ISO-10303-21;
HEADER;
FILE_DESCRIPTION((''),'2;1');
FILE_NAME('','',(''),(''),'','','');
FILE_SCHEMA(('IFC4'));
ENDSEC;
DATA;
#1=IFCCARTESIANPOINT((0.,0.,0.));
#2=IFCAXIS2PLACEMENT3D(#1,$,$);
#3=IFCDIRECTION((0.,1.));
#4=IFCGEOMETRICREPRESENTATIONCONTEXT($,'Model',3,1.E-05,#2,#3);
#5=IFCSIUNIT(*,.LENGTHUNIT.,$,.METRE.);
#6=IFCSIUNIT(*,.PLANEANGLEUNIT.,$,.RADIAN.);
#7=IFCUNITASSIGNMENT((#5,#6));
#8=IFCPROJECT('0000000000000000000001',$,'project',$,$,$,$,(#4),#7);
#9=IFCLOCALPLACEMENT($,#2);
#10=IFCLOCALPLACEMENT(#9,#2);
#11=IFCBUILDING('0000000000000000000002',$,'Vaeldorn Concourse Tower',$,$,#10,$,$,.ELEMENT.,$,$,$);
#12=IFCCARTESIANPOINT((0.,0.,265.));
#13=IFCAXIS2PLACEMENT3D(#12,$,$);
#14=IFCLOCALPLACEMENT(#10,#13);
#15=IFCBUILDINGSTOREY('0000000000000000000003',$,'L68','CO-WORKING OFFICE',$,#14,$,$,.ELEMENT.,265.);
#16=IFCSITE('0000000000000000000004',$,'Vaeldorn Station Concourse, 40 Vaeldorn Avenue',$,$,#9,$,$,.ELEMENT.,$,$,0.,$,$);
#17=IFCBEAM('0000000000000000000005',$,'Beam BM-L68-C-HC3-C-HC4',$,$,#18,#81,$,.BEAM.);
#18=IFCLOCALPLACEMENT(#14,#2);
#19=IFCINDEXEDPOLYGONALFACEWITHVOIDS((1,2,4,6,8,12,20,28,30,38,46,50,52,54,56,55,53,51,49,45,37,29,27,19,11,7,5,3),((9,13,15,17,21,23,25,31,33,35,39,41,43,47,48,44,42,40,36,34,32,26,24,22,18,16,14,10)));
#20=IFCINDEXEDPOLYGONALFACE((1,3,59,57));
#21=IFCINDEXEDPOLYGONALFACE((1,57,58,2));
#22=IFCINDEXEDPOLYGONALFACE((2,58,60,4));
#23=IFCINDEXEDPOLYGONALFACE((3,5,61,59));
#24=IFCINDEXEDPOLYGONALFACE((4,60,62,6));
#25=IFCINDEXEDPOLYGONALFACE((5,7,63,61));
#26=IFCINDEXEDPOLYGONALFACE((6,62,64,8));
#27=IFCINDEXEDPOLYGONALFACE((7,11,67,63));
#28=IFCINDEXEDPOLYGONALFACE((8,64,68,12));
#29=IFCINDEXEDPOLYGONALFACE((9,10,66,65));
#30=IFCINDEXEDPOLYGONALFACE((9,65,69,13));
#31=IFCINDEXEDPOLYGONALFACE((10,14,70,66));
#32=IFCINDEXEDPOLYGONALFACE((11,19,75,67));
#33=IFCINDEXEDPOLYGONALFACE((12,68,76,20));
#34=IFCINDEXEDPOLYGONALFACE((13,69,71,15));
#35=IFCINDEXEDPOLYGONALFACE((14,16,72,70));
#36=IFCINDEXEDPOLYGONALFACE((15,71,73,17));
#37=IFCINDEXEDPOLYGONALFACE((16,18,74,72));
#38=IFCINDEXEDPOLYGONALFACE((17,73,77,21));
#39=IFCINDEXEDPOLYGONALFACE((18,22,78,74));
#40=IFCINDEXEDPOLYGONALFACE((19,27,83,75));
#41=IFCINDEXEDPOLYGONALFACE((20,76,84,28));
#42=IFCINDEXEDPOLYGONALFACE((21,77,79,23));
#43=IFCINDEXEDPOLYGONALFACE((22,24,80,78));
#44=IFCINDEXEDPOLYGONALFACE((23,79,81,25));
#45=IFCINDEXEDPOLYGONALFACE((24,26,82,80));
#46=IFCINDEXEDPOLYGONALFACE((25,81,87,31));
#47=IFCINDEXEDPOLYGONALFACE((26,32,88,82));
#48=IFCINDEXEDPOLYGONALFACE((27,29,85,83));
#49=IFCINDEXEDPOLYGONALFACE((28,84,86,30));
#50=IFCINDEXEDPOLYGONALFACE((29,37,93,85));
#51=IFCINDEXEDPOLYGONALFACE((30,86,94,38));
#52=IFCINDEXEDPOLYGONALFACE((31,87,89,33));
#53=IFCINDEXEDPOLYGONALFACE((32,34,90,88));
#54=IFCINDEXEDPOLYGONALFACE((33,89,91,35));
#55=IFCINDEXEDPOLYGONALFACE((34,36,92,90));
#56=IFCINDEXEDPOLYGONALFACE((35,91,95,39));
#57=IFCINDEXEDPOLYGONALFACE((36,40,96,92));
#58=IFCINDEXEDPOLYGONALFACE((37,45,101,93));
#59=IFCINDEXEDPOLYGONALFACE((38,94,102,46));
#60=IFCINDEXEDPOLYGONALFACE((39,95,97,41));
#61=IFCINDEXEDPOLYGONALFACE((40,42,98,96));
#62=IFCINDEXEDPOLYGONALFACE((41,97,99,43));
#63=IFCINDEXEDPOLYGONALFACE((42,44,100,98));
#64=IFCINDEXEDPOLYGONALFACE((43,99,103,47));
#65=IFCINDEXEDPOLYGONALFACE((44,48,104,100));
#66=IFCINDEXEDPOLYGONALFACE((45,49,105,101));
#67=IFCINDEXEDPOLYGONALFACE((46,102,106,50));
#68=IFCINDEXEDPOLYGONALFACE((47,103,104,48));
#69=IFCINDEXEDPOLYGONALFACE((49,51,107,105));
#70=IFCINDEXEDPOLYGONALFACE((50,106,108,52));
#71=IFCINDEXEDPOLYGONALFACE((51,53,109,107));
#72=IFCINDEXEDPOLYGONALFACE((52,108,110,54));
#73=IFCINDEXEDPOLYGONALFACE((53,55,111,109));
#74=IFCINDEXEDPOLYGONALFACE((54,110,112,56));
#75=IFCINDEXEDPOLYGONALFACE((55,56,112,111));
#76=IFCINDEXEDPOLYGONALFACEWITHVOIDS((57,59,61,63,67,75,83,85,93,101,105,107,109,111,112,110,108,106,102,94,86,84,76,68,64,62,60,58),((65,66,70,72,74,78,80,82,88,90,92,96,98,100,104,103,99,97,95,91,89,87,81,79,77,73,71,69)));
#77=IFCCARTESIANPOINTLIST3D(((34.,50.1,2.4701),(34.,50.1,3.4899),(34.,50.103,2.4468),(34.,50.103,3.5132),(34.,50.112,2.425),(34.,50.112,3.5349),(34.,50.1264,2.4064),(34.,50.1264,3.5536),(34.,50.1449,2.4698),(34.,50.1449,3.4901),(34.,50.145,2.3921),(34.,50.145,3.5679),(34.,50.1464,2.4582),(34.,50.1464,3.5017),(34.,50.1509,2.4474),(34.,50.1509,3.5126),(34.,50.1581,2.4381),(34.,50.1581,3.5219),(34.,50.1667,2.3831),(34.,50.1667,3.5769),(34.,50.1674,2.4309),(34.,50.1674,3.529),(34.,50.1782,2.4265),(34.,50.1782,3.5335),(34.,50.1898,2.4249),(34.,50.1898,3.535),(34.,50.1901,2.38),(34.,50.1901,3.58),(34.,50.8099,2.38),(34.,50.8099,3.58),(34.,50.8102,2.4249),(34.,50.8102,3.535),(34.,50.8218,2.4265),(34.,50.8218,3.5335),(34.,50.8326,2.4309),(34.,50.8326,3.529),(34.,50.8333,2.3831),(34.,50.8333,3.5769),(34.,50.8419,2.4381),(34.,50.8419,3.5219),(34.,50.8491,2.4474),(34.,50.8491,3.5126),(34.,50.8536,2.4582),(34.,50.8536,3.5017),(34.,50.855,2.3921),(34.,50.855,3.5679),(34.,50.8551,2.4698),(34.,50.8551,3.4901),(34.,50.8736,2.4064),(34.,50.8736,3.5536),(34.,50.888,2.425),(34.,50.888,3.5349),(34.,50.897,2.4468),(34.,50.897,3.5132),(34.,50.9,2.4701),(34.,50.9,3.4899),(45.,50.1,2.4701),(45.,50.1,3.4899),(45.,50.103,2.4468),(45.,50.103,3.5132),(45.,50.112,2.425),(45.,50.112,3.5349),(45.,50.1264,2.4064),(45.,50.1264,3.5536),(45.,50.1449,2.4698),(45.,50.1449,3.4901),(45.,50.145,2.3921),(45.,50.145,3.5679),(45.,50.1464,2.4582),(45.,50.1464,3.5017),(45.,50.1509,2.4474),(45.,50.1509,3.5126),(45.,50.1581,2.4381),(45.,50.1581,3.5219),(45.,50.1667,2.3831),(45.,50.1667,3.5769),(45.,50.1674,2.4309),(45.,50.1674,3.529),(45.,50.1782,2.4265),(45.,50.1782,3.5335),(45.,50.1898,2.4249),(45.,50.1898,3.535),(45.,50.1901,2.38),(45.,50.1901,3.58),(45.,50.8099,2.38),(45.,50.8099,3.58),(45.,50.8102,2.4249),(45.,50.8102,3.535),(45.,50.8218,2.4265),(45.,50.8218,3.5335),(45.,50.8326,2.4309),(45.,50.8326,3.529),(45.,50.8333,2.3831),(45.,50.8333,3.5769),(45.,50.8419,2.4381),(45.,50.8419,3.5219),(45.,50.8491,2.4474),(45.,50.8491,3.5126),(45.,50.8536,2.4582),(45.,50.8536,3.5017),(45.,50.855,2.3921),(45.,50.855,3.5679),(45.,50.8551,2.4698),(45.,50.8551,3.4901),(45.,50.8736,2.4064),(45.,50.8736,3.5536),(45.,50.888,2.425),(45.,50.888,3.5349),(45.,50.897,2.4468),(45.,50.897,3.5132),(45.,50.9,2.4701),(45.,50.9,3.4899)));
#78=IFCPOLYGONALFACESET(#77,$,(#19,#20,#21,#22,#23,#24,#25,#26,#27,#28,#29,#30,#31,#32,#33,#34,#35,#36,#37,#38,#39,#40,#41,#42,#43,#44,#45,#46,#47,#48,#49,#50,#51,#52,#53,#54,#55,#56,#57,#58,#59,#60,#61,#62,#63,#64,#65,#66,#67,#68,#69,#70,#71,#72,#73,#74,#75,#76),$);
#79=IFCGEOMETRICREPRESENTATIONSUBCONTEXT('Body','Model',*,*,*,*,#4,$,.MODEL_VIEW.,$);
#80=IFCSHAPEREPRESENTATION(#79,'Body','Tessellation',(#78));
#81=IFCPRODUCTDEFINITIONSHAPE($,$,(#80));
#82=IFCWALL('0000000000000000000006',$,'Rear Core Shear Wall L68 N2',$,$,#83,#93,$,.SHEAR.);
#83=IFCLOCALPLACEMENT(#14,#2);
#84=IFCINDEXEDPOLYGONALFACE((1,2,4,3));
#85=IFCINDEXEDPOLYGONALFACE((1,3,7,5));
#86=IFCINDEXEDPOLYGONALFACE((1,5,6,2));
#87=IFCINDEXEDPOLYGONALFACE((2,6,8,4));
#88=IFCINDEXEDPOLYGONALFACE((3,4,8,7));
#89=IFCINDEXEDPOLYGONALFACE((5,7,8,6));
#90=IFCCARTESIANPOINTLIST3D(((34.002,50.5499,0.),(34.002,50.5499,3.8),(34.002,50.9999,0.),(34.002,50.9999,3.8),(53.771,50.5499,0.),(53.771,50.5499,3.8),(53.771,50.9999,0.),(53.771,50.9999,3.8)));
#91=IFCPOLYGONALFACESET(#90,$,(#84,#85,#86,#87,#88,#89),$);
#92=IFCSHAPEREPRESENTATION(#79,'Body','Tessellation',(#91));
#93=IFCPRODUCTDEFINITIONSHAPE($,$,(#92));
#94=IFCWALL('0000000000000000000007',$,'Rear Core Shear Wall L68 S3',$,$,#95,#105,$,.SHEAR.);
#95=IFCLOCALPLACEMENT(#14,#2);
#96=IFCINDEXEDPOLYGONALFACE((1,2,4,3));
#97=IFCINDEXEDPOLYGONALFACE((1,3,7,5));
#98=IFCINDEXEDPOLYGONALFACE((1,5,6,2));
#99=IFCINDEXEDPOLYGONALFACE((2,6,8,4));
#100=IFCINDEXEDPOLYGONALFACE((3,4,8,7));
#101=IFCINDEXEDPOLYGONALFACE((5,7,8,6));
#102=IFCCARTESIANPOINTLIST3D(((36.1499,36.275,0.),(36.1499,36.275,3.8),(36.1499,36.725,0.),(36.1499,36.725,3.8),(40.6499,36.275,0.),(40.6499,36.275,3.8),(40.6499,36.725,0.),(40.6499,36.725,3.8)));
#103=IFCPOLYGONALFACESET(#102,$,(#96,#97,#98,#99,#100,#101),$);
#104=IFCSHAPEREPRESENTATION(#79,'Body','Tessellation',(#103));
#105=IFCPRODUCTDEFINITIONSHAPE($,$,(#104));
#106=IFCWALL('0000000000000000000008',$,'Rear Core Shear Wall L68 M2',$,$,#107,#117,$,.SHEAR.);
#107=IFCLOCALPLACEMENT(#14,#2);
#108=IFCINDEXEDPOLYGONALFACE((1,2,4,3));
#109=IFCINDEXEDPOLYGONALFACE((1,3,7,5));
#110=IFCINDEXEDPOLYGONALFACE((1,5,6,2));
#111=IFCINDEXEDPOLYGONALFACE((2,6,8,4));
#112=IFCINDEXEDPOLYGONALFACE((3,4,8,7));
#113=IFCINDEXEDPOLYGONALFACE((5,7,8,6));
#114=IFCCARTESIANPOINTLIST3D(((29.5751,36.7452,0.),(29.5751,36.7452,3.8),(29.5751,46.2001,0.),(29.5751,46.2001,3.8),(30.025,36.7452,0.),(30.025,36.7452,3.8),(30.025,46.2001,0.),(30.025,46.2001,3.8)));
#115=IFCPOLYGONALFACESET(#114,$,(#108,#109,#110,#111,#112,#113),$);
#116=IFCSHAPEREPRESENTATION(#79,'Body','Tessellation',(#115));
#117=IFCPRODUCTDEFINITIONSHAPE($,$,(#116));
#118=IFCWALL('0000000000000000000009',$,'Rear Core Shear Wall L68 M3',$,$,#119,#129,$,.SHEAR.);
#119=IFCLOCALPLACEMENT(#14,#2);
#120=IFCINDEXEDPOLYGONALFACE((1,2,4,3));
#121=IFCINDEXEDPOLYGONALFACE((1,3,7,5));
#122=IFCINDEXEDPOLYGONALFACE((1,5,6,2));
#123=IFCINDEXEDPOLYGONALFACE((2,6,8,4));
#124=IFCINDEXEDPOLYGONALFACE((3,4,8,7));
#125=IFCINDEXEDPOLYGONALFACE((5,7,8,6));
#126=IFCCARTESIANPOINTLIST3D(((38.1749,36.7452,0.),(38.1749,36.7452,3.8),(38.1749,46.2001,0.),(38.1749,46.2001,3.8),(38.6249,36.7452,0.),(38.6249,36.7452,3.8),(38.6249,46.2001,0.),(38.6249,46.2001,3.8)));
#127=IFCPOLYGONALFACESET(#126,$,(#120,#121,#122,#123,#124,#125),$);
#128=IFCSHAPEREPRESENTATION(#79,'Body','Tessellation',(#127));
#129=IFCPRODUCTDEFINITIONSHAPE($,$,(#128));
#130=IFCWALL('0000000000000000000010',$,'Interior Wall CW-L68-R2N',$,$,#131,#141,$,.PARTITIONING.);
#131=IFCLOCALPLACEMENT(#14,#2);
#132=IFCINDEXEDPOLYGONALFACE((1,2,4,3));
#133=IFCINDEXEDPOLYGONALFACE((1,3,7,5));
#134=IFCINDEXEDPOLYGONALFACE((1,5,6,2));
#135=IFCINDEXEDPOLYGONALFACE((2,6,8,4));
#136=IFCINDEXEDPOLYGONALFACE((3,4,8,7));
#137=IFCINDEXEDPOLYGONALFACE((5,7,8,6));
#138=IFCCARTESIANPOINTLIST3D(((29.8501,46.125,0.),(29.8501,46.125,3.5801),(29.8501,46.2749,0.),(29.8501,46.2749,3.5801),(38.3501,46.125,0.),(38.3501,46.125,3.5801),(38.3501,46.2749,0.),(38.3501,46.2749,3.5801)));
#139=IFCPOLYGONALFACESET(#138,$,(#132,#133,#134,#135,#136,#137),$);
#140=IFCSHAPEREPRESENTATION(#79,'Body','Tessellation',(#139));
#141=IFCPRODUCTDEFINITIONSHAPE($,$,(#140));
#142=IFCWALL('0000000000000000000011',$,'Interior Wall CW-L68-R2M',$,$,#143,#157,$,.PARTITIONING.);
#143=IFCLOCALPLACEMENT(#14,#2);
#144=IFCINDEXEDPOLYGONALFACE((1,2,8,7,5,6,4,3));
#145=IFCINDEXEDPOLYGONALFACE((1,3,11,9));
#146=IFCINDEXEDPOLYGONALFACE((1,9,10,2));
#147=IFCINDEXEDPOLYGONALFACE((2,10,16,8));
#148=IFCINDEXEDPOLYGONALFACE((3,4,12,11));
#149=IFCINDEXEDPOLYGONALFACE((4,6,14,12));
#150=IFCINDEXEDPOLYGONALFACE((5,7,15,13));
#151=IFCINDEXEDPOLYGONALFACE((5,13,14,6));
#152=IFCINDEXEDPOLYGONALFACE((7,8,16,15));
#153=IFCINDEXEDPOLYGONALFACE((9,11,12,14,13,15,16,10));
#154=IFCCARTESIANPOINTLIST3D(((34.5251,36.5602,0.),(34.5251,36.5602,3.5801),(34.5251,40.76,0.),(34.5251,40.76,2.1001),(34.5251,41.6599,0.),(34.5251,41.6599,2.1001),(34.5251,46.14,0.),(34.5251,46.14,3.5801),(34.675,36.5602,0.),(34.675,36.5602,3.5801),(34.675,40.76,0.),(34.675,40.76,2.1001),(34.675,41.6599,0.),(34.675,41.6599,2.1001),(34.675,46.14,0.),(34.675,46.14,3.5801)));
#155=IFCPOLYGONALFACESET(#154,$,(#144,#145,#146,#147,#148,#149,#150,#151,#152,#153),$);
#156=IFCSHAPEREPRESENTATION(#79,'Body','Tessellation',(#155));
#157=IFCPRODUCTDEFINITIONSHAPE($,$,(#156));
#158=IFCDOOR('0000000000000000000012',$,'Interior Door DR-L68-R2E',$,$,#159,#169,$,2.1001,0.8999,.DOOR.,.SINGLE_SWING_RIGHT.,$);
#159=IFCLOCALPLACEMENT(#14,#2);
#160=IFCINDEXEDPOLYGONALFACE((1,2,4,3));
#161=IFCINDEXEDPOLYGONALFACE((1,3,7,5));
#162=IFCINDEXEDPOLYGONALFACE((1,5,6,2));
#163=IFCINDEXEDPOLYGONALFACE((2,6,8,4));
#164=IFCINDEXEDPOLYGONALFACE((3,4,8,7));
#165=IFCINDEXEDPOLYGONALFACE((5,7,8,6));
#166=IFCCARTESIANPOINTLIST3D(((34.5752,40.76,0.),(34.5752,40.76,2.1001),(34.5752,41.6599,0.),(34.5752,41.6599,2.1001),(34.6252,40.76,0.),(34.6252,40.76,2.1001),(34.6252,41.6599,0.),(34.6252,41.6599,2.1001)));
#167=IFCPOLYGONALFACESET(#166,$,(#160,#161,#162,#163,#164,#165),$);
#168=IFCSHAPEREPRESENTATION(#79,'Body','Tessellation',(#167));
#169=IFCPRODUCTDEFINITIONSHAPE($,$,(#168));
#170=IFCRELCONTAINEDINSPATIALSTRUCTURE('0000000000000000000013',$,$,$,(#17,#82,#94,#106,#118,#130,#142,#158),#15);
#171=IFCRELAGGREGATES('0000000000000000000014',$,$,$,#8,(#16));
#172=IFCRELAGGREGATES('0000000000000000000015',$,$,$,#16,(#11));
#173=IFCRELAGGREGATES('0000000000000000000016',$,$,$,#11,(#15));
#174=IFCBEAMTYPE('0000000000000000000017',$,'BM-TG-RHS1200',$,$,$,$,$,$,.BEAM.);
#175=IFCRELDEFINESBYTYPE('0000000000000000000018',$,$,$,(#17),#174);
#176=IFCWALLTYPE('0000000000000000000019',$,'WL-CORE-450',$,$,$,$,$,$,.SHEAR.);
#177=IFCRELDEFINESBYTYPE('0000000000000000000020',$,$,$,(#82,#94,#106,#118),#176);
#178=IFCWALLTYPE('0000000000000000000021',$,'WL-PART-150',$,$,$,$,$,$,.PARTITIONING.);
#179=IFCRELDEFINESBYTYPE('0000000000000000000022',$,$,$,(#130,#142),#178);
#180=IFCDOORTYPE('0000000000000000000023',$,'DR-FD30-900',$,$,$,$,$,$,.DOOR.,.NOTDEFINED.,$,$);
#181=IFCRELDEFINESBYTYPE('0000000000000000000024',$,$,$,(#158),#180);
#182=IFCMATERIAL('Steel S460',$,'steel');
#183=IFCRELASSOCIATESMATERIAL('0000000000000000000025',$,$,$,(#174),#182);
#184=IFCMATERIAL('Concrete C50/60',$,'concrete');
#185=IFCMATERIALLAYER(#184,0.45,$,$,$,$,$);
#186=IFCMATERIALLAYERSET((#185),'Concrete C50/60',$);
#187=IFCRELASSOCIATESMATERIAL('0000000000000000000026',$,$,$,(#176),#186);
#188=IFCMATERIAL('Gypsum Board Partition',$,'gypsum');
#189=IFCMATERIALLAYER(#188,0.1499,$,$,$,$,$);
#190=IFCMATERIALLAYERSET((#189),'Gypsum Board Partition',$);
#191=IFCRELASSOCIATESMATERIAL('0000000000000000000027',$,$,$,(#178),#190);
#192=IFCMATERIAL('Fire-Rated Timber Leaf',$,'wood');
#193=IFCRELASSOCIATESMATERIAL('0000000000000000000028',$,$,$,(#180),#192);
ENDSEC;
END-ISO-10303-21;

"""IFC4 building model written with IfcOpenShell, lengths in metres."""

from ifc_helpers import new_model, si_unit, direction, frame, frame_2d, origin, origin_2d, place, context, subcontext, project, spatial, rectangle, hollow_rectangle, extrude, source, transform, mapped, material, layer, layer_set, material_profile, profile_set, type_object, element, fill, save


model = new_model("IFC4")

# Units and contexts
model_context = context("Model", 3, precision=1e-05, world=origin(), true_north=direction((0.0, 1.0)))
body_context = subcontext(model_context, "Body", "Model", "MODEL_VIEW")
ifc_project = project(units=[si_unit("LENGTHUNIT", "METRE"), si_unit("PLANEANGLEUNIT", "RADIAN")], contexts=[model_context])

# Site, building, storey
site_placement = place(None, origin())
site = spatial("IfcSite", under=ifc_project, at=site_placement, Name="Vaeldorn Station Concourse, 40 Vaeldorn Avenue", CompositionType="ELEMENT", RefElevation=0.0)
building_placement = place(site_placement, origin())
building = spatial("IfcBuilding", under=site, at=building_placement, Name="Vaeldorn Concourse Tower", CompositionType="ELEMENT")
storey_placement = place(building_placement, frame((0.0, 0.0, 265.0)))
storey = spatial("IfcBuildingStorey", under=building, at=storey_placement, Name="L68", Description="CO-WORKING OFFICE", CompositionType="ELEMENT", Elevation=265.0)

# Shared definitions
ifc_material_1 = material(Name="Steel S460", Category="steel")

# Beam
ifc_material_profile_1 = material_profile(ifc_material_1, hollow_rectangle(XDim=0.8, YDim=1.2, WallThickness=0.0449, InnerFilletRadius=0.0449, OuterFilletRadius=0.0901, at=origin_2d()), Name="RHS 1200x800x45")
ifc_profile_set_1 = profile_set([ifc_material_profile_1], Name="Steel S460")
beam_type = type_object("IfcBeamType", Name="BM-TG-RHS1200", PredefinedType="BEAM", material=ifc_profile_set_1)
shared_shape_1 = source(origin(), body_context, "Body", "SweptSolid", [
    extrude(hollow_rectangle(XDim=0.8, YDim=1.2, WallThickness=0.0449, InnerFilletRadius=0.0449, OuterFilletRadius=0.0901, at=origin_2d()), origin(), (0.0, 0.0, 1.0), 11.0),
])
beam_1_placement = place(storey_placement, frame((34.0, 50.5, 2.98), z_axis=(1.0, 0.0, 0.0), x_axis=(0.0, 1.0, 0.0)))
element("IfcBeam", 1, at=beam_1_placement, inside=storey, type_object=beam_type, Name="Beam BM-L68-C-HC3-C-HC4", PredefinedType="BEAM", context=body_context, shape_type="MappedRepresentation", body=[
    mapped(shared_shape_1, transform((0.0, 0.0, 0.0), scale=1.0)),
])

# Walls
ifc_material_2 = material(Name="Concrete C50/60", Category="concrete")
ifc_layer_1 = layer(ifc_material_2, 0.45)
ifc_layer_set_1 = layer_set([ifc_layer_1], Name="Concrete C50/60")
wall_type_1 = type_object("IfcWallType", Name="WL-CORE-450", PredefinedType="SHEAR", material=ifc_layer_set_1)
wall_1_placement = place(storey_placement, frame((34.002, 50.7749, 0.0), z_axis=(0.0, 0.0, 1.0), x_axis=(1.0, 0.0, 0.0)))
element("IfcWall", 2, at=wall_1_placement, inside=storey, type_object=wall_type_1, Name="Rear Core Shear Wall L68 N2", PredefinedType="SHEAR", context=body_context, shape_type="SweptSolid", body=[
    extrude(rectangle(XDim=19.769, YDim=0.45, at=frame_2d((9.8845, 0.0))), origin(), (0.0, 0.0, 1.0), 3.8),
])
wall_2_placement = place(storey_placement, frame((36.1499, 36.5, 0.0), z_axis=(0.0, 0.0, 1.0), x_axis=(1.0, 0.0, 0.0)))
element("IfcWall", 3, at=wall_2_placement, inside=storey, type_object=wall_type_1, Name="Rear Core Shear Wall L68 S3", PredefinedType="SHEAR", context=body_context, shape_type="SweptSolid", body=[
    extrude(rectangle(XDim=4.5, YDim=0.45, at=frame_2d((2.25, 0.0))), origin(), (0.0, 0.0, 1.0), 3.8),
])
for number, where, z_axis, x_axis, name in (
    (4, (29.8, 36.7451, 0.0), (0.0, 0.0, 1.0), (0.0, 1.0, 0.0), "Rear Core Shear Wall L68 M2"),
    (5, (38.3999, 36.7451, 0.0), (0.0, 0.0, 1.0), (0.0, 1.0, 0.0), "Rear Core Shear Wall L68 M3"),
):
    element("IfcWall", number, at=place(storey_placement, frame(where, z_axis=z_axis, x_axis=x_axis)), inside=storey, type_object=wall_type_1, Name=name, PredefinedType="SHEAR", context=body_context, shape_type="SweptSolid", body=[
        extrude(rectangle(XDim=9.4548, YDim=0.45, at=frame_2d((4.7275, 0.0))), origin(), (0.0, 0.0, 1.0), 3.8),
    ])
ifc_material_3 = material(Name="Gypsum Board Partition", Category="gypsum")
ifc_layer_2 = layer(ifc_material_3, 0.1499)
ifc_layer_set_2 = layer_set([ifc_layer_2], Name="Gypsum Board Partition")
wall_type_2 = type_object("IfcWallType", Name="WL-PART-150", PredefinedType="PARTITIONING", material=ifc_layer_set_2)
wall_3_placement = place(storey_placement, frame((29.8501, 46.2, 0.0), z_axis=(0.0, 0.0, 1.0), x_axis=(1.0, 0.0, 0.0)))
element("IfcWall", 6, at=wall_3_placement, inside=storey, type_object=wall_type_2, Name="Interior Wall CW-L68-R2N", PredefinedType="PARTITIONING", context=body_context, shape_type="SweptSolid", body=[
    extrude(rectangle(XDim=8.5, YDim=0.1499, at=frame_2d((4.25, 0.0))), origin(), (0.0, 0.0, 1.0), 3.5801),
])

# Wall, opening, door
wall_4_placement = place(storey_placement, frame((34.6001, 36.5601, 0.0), z_axis=(0.0, 0.0, 1.0), x_axis=(0.0, 1.0, 0.0)))
wall_4 = element("IfcWall", 7, at=wall_4_placement, inside=storey, type_object=wall_type_2, Name="Interior Wall CW-L68-R2M", PredefinedType="PARTITIONING", context=body_context, shape_type="SweptSolid", body=[
    extrude(rectangle(XDim=9.5798, YDim=0.1499, at=frame_2d((4.79, 0.0))), origin(), (0.0, 0.0, 1.0), 3.5801),
])
opening_1_placement = place(wall_4_placement, frame((4.2, 0.0, 0.0)))
opening_1 = element("IfcOpeningElement", 8, at=opening_1_placement, cuts=wall_4, PredefinedType="OPENING", context=body_context, shape_type="SweptSolid", body=[
    extrude(rectangle(XDim=0.8999, YDim=2.1001, at=frame_2d((0.45, 1.05))), frame((0.0, 0.085, 0.0), z_axis=(0.0, -1.0, 0.0), x_axis=(1.0, 0.0, 0.0)), (0.0, 0.0, 1.0), 0.1699),
])
ifc_material_4 = material(Name="Fire-Rated Timber Leaf", Category="wood")
door_type_1 = type_object("IfcDoorType", Name="DR-FD30-900", OperationType="NOTDEFINED", PredefinedType="DOOR", material=ifc_material_4)
shared_shape_2 = source(origin(), body_context, "Body", "SweptSolid", [
    extrude(rectangle(XDim=0.8999, YDim=2.1001, at=frame_2d((0.45, 1.05))), frame((0.0, 0.0249, 0.0), z_axis=(0.0, -1.0, 0.0), x_axis=(1.0, 0.0, 0.0)), (0.0, 0.0, 1.0), 0.05),
])
door_1_placement = place(opening_1_placement, origin())
door_1 = element("IfcDoor", 9, at=door_1_placement, inside=storey, type_object=door_type_1, Name="Interior Door DR-L68-R2E", OperationType="SINGLE_SWING_RIGHT", OverallHeight=2.1001, OverallWidth=0.8999, PredefinedType="DOOR", context=body_context, shape_type="MappedRepresentation", body=[
    mapped(shared_shape_2, transform((0.0, 0.0, 0.0), scale=1.0)),
])
fill(opening_1, door_1)

save(model, "model.ifc")
